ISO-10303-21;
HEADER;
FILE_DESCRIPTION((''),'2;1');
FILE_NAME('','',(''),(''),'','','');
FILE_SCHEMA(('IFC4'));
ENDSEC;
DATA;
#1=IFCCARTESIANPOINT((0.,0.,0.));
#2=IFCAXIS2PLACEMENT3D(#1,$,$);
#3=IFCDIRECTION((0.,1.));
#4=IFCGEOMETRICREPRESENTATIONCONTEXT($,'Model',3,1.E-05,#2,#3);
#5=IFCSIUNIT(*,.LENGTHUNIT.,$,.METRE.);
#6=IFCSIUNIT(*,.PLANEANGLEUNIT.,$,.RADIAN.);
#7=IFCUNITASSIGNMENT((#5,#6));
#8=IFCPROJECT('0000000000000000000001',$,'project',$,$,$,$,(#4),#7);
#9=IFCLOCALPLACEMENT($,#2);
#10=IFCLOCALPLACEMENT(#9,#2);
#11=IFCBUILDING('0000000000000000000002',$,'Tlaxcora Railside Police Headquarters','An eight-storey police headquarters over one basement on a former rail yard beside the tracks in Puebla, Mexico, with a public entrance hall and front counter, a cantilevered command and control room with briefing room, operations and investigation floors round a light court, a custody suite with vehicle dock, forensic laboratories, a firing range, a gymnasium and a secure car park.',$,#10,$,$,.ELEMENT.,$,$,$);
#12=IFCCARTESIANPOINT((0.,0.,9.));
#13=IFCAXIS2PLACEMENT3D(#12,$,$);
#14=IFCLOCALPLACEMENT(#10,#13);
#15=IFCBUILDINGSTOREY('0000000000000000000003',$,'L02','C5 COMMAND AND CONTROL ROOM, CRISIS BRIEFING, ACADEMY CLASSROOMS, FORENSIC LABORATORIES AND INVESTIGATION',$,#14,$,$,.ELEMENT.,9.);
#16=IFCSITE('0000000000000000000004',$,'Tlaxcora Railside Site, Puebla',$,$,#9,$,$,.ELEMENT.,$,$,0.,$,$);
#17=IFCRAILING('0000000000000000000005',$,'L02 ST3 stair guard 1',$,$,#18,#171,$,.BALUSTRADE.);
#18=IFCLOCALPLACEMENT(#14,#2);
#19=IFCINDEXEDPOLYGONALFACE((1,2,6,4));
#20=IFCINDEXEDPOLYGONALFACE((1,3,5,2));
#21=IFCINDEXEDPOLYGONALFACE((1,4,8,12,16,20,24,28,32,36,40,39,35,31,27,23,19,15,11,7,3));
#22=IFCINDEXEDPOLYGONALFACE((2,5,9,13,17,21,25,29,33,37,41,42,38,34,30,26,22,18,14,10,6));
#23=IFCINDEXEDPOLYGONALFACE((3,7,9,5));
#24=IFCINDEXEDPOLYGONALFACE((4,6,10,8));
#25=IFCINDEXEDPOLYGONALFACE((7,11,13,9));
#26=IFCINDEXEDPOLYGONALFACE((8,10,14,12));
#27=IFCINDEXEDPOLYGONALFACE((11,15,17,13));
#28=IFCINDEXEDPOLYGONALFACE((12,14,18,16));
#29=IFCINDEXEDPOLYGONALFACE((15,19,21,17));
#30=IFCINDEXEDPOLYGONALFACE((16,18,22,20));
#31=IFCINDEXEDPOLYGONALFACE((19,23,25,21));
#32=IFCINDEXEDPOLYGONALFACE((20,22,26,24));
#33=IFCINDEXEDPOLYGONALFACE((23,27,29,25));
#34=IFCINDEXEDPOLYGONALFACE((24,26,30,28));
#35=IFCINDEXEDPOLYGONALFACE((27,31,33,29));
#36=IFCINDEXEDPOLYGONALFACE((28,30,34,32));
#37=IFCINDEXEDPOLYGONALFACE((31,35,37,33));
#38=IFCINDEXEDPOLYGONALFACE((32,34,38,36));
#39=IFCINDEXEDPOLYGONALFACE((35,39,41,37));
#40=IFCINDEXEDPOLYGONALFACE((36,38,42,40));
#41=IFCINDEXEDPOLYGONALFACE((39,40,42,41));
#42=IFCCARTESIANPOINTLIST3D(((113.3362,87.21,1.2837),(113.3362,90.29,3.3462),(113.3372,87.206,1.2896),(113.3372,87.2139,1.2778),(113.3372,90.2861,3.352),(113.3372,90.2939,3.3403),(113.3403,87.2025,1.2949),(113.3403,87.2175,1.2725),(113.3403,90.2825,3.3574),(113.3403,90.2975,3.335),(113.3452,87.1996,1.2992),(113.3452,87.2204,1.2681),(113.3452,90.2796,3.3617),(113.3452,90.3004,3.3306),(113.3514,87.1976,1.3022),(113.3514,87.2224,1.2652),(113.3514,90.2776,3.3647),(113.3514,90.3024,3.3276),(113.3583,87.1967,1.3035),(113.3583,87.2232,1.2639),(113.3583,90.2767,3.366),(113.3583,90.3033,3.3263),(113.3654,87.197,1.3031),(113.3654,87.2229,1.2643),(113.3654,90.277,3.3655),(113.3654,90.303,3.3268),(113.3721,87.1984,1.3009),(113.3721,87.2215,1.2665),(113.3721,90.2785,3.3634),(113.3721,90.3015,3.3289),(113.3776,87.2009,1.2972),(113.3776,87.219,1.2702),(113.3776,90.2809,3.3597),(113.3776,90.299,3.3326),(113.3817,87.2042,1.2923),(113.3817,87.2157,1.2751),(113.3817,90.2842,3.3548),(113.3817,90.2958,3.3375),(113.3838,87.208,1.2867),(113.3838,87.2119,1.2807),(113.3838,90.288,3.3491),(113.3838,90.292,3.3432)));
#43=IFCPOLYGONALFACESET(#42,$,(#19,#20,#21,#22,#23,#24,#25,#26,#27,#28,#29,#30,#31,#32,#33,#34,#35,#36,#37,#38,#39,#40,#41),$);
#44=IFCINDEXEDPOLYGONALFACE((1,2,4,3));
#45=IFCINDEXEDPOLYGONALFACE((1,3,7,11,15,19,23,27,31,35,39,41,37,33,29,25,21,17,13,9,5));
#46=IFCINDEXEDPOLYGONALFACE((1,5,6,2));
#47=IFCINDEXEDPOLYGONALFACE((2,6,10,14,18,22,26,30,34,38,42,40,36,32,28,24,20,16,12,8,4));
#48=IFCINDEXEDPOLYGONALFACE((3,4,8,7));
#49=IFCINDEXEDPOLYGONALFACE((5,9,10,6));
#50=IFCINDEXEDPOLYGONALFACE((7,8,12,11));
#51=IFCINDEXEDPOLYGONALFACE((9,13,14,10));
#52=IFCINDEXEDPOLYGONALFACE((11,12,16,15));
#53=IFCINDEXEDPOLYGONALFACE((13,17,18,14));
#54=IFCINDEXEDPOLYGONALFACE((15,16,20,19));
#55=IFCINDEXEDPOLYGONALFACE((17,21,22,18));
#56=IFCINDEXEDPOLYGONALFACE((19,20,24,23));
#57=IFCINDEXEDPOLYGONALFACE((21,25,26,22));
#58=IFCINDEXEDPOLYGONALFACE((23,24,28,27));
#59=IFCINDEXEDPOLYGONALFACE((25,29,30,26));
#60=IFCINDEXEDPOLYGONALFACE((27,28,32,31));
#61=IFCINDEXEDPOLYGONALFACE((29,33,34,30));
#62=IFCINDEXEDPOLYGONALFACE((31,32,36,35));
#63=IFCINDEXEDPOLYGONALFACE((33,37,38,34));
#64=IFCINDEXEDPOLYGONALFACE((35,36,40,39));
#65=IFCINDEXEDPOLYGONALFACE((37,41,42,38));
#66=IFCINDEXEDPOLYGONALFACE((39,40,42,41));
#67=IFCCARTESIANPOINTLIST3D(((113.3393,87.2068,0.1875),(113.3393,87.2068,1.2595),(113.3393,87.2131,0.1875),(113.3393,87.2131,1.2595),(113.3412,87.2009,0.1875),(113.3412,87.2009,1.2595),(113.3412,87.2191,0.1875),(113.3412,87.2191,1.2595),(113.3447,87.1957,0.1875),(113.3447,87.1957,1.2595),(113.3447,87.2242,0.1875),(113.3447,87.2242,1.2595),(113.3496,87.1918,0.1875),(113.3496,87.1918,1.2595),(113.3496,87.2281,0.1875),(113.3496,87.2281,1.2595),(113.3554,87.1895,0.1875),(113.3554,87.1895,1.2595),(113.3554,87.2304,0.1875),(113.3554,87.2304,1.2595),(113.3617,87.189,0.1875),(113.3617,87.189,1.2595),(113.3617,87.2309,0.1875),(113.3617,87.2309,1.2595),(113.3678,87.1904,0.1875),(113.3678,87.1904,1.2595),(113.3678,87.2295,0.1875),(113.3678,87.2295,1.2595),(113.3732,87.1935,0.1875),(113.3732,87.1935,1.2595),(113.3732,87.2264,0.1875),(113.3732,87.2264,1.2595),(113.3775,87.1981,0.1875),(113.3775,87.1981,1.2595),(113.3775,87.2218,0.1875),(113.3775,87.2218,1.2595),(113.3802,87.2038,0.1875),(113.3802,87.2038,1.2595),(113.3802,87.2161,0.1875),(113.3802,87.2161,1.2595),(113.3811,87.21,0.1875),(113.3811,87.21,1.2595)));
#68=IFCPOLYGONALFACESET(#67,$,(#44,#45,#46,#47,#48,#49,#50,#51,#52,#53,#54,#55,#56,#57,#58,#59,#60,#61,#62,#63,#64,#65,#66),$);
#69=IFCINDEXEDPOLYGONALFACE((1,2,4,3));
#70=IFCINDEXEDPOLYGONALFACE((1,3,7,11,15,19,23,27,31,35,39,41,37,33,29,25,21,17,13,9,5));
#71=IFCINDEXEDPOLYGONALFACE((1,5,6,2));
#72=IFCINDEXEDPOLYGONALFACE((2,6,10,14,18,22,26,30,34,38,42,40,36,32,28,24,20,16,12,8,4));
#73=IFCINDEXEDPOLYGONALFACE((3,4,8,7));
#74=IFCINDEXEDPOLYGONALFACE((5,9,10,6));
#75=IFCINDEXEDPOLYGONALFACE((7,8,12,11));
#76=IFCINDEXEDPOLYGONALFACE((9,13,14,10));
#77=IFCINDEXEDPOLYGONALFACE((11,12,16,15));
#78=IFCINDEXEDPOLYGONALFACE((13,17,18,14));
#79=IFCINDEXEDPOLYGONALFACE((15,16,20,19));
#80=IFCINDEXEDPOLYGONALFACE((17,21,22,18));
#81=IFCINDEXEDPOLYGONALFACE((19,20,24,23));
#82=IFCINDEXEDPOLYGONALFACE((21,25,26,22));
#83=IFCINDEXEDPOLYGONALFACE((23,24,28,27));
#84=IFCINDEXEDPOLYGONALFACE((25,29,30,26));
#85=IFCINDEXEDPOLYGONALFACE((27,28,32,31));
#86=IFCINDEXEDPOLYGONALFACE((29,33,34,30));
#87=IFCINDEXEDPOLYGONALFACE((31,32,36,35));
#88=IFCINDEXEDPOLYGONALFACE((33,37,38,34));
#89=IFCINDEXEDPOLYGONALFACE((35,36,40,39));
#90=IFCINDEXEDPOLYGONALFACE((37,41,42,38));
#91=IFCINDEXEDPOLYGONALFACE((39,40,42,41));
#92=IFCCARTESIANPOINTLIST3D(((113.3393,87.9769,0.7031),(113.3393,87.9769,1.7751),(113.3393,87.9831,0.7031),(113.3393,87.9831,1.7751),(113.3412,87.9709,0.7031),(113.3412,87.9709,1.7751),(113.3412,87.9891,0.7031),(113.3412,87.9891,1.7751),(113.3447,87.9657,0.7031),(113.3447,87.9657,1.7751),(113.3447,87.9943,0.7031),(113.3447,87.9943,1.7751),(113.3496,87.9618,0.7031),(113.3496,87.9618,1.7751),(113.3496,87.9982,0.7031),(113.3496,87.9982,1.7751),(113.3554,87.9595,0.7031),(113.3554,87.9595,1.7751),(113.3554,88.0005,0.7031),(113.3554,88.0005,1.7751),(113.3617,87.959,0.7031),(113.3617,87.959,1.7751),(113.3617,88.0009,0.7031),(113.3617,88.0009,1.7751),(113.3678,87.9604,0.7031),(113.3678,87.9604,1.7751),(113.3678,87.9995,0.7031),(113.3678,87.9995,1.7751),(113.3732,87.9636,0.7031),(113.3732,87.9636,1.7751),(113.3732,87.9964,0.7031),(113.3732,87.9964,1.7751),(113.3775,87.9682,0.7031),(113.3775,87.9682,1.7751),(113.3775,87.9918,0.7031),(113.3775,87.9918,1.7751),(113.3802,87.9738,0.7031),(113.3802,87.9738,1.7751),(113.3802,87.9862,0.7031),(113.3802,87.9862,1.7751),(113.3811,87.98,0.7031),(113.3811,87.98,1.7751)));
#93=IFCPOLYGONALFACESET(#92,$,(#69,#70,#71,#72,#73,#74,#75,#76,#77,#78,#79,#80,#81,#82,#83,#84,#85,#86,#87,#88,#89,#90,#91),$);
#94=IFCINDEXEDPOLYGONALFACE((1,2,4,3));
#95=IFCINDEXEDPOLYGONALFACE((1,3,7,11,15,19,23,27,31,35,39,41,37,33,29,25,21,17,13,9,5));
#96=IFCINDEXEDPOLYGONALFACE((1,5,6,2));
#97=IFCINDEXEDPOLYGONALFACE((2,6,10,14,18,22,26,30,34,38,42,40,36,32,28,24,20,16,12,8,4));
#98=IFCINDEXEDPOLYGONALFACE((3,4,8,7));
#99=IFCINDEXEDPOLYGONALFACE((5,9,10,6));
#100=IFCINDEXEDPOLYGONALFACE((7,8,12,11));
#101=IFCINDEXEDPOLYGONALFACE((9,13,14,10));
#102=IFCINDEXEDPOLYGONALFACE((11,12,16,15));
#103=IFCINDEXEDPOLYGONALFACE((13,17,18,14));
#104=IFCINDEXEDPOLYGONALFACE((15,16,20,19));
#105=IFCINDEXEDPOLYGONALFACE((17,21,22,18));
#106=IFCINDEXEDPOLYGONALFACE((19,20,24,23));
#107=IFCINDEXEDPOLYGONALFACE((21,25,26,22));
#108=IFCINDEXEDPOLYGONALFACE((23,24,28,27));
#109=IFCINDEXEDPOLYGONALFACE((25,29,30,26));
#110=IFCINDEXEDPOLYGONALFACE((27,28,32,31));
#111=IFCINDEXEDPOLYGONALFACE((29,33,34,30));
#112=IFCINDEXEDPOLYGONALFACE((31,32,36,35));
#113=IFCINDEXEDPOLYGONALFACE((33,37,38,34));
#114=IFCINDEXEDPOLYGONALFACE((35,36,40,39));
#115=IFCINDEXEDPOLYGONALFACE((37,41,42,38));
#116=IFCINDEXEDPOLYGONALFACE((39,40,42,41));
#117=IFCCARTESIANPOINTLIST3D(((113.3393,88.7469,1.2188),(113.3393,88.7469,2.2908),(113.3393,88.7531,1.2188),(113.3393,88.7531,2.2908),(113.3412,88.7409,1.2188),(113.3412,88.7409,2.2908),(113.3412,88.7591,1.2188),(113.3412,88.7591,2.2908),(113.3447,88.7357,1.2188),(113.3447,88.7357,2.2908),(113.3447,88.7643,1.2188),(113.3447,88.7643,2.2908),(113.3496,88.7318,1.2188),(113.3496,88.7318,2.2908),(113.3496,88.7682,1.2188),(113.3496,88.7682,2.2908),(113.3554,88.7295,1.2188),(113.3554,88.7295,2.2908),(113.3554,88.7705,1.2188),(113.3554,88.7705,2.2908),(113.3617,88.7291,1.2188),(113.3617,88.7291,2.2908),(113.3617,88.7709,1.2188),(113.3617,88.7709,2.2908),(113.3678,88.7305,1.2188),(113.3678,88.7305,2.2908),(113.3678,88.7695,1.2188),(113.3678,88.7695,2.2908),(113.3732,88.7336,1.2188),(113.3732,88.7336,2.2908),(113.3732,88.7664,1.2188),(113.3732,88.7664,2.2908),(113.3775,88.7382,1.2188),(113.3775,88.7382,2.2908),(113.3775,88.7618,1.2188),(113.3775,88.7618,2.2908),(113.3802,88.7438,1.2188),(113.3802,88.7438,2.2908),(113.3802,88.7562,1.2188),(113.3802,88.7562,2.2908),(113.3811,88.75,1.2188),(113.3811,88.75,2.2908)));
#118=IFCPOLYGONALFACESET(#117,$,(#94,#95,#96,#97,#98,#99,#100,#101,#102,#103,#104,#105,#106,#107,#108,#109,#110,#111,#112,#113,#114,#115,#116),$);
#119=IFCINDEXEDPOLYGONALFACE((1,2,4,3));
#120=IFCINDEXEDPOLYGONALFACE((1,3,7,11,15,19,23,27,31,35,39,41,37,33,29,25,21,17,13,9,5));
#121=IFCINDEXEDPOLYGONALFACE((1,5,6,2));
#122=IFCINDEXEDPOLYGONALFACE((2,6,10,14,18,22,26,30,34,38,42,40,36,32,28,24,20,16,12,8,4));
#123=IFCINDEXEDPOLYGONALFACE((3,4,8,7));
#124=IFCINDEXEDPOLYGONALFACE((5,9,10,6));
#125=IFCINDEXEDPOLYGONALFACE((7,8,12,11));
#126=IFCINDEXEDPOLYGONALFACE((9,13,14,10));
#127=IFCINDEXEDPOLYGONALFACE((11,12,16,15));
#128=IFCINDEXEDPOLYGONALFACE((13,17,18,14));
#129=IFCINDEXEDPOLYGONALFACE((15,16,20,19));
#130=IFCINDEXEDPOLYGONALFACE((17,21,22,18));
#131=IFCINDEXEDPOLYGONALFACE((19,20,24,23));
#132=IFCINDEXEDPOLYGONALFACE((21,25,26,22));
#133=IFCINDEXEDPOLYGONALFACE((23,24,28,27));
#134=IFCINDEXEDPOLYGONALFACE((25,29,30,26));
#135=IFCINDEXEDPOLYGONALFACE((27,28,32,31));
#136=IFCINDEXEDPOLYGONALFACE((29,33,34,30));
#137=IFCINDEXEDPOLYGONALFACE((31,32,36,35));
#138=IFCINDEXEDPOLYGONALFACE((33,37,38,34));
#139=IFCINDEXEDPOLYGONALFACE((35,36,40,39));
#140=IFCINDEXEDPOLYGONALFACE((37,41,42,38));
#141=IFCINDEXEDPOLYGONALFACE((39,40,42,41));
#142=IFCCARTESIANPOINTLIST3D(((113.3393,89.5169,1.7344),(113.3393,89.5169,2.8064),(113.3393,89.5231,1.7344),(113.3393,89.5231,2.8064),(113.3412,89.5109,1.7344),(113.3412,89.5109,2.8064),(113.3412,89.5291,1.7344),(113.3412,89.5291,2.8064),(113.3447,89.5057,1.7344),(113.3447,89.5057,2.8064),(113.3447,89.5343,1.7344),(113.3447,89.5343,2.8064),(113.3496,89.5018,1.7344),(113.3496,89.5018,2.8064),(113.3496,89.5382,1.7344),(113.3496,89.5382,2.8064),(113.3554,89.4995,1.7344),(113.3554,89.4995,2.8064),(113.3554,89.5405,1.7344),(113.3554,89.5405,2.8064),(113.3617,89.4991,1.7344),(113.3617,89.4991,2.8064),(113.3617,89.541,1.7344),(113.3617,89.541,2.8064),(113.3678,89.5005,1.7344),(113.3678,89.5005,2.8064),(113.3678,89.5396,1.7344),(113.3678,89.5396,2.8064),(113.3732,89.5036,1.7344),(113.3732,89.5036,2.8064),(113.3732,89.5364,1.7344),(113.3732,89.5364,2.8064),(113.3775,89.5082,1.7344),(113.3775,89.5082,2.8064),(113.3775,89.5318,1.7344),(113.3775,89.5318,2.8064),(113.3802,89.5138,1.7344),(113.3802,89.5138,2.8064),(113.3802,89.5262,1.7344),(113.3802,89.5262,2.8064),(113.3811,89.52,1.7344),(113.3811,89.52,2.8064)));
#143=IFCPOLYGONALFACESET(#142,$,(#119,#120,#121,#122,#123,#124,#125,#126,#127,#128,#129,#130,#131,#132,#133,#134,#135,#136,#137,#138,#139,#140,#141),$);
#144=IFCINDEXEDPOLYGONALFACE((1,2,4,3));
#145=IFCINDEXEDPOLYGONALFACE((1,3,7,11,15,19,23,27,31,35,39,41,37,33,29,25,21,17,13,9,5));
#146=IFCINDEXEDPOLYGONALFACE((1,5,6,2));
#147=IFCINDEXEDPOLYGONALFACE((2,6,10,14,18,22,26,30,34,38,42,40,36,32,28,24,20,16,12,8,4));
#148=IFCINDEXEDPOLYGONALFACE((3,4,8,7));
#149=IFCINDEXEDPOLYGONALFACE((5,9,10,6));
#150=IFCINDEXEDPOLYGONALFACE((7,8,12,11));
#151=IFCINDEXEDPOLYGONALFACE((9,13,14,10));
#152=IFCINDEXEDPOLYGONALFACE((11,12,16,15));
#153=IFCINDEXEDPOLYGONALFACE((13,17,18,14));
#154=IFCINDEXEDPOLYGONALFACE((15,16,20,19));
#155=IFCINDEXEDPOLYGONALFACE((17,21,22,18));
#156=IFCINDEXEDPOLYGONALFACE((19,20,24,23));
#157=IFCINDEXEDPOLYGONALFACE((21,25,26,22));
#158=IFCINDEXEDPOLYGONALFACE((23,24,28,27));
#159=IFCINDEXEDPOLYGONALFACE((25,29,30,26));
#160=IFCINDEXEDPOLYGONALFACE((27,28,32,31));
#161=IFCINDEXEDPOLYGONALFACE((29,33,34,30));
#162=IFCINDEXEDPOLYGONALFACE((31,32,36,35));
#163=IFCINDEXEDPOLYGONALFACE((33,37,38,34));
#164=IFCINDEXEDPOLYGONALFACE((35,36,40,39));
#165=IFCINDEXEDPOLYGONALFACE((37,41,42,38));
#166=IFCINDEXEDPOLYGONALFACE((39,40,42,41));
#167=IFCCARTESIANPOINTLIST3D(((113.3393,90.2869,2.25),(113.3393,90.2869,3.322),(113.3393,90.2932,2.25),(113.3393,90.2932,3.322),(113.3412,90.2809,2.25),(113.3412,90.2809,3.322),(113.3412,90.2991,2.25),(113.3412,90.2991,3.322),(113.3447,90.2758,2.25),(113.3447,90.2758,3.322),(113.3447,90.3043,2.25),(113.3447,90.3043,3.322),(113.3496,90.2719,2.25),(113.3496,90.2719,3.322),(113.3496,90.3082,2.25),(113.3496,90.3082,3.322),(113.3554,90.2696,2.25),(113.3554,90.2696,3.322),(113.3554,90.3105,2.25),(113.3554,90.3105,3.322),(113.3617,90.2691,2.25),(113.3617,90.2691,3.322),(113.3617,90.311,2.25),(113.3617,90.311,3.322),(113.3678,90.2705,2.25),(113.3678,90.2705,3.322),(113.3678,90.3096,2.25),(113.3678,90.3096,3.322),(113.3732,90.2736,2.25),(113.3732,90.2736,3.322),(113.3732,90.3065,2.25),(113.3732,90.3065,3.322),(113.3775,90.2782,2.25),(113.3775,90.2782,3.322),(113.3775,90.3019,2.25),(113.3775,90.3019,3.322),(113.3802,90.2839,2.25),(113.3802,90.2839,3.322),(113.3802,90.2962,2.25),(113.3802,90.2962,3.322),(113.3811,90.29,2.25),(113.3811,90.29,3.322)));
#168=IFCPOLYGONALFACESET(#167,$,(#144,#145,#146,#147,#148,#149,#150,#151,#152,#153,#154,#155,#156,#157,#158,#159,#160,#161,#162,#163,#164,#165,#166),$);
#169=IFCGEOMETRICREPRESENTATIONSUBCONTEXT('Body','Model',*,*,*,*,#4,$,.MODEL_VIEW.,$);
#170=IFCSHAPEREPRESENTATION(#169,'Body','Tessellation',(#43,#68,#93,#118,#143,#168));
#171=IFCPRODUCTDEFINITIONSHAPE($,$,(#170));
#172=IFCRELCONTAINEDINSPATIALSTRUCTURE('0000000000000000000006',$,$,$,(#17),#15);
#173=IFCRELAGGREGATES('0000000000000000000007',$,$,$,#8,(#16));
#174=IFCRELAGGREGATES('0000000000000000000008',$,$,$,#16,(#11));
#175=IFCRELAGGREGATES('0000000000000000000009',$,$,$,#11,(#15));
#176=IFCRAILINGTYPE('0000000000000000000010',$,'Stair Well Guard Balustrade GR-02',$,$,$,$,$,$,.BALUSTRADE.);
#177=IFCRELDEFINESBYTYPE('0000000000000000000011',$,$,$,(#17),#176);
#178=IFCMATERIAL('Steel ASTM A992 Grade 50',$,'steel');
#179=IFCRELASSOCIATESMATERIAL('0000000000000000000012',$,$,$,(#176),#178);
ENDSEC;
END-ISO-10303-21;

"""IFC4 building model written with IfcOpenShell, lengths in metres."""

from ifc_helpers import new_model, si_unit, direction, frame, origin, origin_2d, place, context, subcontext, project, spatial, circle, extrude, material, type_object, element, save


model = new_model("IFC4")

# Units and contexts
model_context = context("Model", 3, precision=1e-05, world=origin(), true_north=direction((0.0, 1.0)))
body_context = subcontext(model_context, "Body", "Model", "MODEL_VIEW")
ifc_project = project(units=[si_unit("LENGTHUNIT", "METRE"), si_unit("PLANEANGLEUNIT", "RADIAN")], contexts=[model_context])

# Site, building, storey
site_placement = place(None, origin())
site = spatial("IfcSite", under=ifc_project, at=site_placement, Name="Tlaxcora Railside Site, Puebla", CompositionType="ELEMENT", RefElevation=0.0)
building_placement = place(site_placement, origin())
building = spatial("IfcBuilding", under=site, at=building_placement, Name="Tlaxcora Railside Police Headquarters", Description="An eight-storey police headquarters over one basement on a former rail yard beside the tracks in Puebla, Mexico, with a public entrance hall and front counter, a cantilevered command and control room with briefing room, operations and investigation floors round a light court, a custody suite with vehicle dock, forensic laboratories, a firing range, a gymnasium and a secure car park.", CompositionType="ELEMENT")
storey_placement = place(building_placement, frame((0.0, 0.0, 9.0)))
storey = spatial("IfcBuildingStorey", under=building, at=storey_placement, Name="L02", Description="C5 COMMAND AND CONTROL ROOM, CRISIS BRIEFING, ACADEMY CLASSROOMS, FORENSIC LABORATORIES AND INVESTIGATION", CompositionType="ELEMENT", Elevation=9.0)

# Shared definitions
ifc_material_1 = material(Name="Steel ASTM A992 Grade 50", Category="steel")

# Railing
railing_type_1 = type_object("IfcRailingType", Name="Stair Well Guard Balustrade GR-02", PredefinedType="BALUSTRADE", material=ifc_material_1)
railing_1_placement = place(storey_placement, frame((113.3601, 87.21, 0.1875)))
element("IfcRailing", 1, at=railing_1_placement, inside=storey, type_object=railing_type_1, Name="L02 ST3 stair guard 1", PredefinedType="BALUSTRADE", context=body_context, shape_type="SweptSolid", body=[
    extrude(circle(Radius=0.0239, at=origin_2d()), frame((0.0, 0.0, 1.0962), z_axis=(0.0, 0.830914, 0.556401), x_axis=(-1.0, 0.0, 0.0)), (0.0, 0.0, 1.0), 3.7068),
    extrude(circle(Radius=0.021, at=origin_2d()), origin(), (0.0, 0.0, 1.0), 1.072),
    extrude(circle(Radius=0.021, at=origin_2d()), frame((0.0, 0.77, 0.5156)), (0.0, 0.0, 1.0), 1.072),
    extrude(circle(Radius=0.021, at=origin_2d()), frame((0.0, 1.54, 1.0312)), (0.0, 0.0, 1.0), 1.072),
    extrude(circle(Radius=0.021, at=origin_2d()), frame((0.0, 2.3101, 1.5469)), (0.0, 0.0, 1.0), 1.072),
    extrude(circle(Radius=0.021, at=origin_2d()), frame((0.0, 3.0801, 2.0625)), (0.0, 0.0, 1.0), 1.072),
])

save(model, "model.ifc")
